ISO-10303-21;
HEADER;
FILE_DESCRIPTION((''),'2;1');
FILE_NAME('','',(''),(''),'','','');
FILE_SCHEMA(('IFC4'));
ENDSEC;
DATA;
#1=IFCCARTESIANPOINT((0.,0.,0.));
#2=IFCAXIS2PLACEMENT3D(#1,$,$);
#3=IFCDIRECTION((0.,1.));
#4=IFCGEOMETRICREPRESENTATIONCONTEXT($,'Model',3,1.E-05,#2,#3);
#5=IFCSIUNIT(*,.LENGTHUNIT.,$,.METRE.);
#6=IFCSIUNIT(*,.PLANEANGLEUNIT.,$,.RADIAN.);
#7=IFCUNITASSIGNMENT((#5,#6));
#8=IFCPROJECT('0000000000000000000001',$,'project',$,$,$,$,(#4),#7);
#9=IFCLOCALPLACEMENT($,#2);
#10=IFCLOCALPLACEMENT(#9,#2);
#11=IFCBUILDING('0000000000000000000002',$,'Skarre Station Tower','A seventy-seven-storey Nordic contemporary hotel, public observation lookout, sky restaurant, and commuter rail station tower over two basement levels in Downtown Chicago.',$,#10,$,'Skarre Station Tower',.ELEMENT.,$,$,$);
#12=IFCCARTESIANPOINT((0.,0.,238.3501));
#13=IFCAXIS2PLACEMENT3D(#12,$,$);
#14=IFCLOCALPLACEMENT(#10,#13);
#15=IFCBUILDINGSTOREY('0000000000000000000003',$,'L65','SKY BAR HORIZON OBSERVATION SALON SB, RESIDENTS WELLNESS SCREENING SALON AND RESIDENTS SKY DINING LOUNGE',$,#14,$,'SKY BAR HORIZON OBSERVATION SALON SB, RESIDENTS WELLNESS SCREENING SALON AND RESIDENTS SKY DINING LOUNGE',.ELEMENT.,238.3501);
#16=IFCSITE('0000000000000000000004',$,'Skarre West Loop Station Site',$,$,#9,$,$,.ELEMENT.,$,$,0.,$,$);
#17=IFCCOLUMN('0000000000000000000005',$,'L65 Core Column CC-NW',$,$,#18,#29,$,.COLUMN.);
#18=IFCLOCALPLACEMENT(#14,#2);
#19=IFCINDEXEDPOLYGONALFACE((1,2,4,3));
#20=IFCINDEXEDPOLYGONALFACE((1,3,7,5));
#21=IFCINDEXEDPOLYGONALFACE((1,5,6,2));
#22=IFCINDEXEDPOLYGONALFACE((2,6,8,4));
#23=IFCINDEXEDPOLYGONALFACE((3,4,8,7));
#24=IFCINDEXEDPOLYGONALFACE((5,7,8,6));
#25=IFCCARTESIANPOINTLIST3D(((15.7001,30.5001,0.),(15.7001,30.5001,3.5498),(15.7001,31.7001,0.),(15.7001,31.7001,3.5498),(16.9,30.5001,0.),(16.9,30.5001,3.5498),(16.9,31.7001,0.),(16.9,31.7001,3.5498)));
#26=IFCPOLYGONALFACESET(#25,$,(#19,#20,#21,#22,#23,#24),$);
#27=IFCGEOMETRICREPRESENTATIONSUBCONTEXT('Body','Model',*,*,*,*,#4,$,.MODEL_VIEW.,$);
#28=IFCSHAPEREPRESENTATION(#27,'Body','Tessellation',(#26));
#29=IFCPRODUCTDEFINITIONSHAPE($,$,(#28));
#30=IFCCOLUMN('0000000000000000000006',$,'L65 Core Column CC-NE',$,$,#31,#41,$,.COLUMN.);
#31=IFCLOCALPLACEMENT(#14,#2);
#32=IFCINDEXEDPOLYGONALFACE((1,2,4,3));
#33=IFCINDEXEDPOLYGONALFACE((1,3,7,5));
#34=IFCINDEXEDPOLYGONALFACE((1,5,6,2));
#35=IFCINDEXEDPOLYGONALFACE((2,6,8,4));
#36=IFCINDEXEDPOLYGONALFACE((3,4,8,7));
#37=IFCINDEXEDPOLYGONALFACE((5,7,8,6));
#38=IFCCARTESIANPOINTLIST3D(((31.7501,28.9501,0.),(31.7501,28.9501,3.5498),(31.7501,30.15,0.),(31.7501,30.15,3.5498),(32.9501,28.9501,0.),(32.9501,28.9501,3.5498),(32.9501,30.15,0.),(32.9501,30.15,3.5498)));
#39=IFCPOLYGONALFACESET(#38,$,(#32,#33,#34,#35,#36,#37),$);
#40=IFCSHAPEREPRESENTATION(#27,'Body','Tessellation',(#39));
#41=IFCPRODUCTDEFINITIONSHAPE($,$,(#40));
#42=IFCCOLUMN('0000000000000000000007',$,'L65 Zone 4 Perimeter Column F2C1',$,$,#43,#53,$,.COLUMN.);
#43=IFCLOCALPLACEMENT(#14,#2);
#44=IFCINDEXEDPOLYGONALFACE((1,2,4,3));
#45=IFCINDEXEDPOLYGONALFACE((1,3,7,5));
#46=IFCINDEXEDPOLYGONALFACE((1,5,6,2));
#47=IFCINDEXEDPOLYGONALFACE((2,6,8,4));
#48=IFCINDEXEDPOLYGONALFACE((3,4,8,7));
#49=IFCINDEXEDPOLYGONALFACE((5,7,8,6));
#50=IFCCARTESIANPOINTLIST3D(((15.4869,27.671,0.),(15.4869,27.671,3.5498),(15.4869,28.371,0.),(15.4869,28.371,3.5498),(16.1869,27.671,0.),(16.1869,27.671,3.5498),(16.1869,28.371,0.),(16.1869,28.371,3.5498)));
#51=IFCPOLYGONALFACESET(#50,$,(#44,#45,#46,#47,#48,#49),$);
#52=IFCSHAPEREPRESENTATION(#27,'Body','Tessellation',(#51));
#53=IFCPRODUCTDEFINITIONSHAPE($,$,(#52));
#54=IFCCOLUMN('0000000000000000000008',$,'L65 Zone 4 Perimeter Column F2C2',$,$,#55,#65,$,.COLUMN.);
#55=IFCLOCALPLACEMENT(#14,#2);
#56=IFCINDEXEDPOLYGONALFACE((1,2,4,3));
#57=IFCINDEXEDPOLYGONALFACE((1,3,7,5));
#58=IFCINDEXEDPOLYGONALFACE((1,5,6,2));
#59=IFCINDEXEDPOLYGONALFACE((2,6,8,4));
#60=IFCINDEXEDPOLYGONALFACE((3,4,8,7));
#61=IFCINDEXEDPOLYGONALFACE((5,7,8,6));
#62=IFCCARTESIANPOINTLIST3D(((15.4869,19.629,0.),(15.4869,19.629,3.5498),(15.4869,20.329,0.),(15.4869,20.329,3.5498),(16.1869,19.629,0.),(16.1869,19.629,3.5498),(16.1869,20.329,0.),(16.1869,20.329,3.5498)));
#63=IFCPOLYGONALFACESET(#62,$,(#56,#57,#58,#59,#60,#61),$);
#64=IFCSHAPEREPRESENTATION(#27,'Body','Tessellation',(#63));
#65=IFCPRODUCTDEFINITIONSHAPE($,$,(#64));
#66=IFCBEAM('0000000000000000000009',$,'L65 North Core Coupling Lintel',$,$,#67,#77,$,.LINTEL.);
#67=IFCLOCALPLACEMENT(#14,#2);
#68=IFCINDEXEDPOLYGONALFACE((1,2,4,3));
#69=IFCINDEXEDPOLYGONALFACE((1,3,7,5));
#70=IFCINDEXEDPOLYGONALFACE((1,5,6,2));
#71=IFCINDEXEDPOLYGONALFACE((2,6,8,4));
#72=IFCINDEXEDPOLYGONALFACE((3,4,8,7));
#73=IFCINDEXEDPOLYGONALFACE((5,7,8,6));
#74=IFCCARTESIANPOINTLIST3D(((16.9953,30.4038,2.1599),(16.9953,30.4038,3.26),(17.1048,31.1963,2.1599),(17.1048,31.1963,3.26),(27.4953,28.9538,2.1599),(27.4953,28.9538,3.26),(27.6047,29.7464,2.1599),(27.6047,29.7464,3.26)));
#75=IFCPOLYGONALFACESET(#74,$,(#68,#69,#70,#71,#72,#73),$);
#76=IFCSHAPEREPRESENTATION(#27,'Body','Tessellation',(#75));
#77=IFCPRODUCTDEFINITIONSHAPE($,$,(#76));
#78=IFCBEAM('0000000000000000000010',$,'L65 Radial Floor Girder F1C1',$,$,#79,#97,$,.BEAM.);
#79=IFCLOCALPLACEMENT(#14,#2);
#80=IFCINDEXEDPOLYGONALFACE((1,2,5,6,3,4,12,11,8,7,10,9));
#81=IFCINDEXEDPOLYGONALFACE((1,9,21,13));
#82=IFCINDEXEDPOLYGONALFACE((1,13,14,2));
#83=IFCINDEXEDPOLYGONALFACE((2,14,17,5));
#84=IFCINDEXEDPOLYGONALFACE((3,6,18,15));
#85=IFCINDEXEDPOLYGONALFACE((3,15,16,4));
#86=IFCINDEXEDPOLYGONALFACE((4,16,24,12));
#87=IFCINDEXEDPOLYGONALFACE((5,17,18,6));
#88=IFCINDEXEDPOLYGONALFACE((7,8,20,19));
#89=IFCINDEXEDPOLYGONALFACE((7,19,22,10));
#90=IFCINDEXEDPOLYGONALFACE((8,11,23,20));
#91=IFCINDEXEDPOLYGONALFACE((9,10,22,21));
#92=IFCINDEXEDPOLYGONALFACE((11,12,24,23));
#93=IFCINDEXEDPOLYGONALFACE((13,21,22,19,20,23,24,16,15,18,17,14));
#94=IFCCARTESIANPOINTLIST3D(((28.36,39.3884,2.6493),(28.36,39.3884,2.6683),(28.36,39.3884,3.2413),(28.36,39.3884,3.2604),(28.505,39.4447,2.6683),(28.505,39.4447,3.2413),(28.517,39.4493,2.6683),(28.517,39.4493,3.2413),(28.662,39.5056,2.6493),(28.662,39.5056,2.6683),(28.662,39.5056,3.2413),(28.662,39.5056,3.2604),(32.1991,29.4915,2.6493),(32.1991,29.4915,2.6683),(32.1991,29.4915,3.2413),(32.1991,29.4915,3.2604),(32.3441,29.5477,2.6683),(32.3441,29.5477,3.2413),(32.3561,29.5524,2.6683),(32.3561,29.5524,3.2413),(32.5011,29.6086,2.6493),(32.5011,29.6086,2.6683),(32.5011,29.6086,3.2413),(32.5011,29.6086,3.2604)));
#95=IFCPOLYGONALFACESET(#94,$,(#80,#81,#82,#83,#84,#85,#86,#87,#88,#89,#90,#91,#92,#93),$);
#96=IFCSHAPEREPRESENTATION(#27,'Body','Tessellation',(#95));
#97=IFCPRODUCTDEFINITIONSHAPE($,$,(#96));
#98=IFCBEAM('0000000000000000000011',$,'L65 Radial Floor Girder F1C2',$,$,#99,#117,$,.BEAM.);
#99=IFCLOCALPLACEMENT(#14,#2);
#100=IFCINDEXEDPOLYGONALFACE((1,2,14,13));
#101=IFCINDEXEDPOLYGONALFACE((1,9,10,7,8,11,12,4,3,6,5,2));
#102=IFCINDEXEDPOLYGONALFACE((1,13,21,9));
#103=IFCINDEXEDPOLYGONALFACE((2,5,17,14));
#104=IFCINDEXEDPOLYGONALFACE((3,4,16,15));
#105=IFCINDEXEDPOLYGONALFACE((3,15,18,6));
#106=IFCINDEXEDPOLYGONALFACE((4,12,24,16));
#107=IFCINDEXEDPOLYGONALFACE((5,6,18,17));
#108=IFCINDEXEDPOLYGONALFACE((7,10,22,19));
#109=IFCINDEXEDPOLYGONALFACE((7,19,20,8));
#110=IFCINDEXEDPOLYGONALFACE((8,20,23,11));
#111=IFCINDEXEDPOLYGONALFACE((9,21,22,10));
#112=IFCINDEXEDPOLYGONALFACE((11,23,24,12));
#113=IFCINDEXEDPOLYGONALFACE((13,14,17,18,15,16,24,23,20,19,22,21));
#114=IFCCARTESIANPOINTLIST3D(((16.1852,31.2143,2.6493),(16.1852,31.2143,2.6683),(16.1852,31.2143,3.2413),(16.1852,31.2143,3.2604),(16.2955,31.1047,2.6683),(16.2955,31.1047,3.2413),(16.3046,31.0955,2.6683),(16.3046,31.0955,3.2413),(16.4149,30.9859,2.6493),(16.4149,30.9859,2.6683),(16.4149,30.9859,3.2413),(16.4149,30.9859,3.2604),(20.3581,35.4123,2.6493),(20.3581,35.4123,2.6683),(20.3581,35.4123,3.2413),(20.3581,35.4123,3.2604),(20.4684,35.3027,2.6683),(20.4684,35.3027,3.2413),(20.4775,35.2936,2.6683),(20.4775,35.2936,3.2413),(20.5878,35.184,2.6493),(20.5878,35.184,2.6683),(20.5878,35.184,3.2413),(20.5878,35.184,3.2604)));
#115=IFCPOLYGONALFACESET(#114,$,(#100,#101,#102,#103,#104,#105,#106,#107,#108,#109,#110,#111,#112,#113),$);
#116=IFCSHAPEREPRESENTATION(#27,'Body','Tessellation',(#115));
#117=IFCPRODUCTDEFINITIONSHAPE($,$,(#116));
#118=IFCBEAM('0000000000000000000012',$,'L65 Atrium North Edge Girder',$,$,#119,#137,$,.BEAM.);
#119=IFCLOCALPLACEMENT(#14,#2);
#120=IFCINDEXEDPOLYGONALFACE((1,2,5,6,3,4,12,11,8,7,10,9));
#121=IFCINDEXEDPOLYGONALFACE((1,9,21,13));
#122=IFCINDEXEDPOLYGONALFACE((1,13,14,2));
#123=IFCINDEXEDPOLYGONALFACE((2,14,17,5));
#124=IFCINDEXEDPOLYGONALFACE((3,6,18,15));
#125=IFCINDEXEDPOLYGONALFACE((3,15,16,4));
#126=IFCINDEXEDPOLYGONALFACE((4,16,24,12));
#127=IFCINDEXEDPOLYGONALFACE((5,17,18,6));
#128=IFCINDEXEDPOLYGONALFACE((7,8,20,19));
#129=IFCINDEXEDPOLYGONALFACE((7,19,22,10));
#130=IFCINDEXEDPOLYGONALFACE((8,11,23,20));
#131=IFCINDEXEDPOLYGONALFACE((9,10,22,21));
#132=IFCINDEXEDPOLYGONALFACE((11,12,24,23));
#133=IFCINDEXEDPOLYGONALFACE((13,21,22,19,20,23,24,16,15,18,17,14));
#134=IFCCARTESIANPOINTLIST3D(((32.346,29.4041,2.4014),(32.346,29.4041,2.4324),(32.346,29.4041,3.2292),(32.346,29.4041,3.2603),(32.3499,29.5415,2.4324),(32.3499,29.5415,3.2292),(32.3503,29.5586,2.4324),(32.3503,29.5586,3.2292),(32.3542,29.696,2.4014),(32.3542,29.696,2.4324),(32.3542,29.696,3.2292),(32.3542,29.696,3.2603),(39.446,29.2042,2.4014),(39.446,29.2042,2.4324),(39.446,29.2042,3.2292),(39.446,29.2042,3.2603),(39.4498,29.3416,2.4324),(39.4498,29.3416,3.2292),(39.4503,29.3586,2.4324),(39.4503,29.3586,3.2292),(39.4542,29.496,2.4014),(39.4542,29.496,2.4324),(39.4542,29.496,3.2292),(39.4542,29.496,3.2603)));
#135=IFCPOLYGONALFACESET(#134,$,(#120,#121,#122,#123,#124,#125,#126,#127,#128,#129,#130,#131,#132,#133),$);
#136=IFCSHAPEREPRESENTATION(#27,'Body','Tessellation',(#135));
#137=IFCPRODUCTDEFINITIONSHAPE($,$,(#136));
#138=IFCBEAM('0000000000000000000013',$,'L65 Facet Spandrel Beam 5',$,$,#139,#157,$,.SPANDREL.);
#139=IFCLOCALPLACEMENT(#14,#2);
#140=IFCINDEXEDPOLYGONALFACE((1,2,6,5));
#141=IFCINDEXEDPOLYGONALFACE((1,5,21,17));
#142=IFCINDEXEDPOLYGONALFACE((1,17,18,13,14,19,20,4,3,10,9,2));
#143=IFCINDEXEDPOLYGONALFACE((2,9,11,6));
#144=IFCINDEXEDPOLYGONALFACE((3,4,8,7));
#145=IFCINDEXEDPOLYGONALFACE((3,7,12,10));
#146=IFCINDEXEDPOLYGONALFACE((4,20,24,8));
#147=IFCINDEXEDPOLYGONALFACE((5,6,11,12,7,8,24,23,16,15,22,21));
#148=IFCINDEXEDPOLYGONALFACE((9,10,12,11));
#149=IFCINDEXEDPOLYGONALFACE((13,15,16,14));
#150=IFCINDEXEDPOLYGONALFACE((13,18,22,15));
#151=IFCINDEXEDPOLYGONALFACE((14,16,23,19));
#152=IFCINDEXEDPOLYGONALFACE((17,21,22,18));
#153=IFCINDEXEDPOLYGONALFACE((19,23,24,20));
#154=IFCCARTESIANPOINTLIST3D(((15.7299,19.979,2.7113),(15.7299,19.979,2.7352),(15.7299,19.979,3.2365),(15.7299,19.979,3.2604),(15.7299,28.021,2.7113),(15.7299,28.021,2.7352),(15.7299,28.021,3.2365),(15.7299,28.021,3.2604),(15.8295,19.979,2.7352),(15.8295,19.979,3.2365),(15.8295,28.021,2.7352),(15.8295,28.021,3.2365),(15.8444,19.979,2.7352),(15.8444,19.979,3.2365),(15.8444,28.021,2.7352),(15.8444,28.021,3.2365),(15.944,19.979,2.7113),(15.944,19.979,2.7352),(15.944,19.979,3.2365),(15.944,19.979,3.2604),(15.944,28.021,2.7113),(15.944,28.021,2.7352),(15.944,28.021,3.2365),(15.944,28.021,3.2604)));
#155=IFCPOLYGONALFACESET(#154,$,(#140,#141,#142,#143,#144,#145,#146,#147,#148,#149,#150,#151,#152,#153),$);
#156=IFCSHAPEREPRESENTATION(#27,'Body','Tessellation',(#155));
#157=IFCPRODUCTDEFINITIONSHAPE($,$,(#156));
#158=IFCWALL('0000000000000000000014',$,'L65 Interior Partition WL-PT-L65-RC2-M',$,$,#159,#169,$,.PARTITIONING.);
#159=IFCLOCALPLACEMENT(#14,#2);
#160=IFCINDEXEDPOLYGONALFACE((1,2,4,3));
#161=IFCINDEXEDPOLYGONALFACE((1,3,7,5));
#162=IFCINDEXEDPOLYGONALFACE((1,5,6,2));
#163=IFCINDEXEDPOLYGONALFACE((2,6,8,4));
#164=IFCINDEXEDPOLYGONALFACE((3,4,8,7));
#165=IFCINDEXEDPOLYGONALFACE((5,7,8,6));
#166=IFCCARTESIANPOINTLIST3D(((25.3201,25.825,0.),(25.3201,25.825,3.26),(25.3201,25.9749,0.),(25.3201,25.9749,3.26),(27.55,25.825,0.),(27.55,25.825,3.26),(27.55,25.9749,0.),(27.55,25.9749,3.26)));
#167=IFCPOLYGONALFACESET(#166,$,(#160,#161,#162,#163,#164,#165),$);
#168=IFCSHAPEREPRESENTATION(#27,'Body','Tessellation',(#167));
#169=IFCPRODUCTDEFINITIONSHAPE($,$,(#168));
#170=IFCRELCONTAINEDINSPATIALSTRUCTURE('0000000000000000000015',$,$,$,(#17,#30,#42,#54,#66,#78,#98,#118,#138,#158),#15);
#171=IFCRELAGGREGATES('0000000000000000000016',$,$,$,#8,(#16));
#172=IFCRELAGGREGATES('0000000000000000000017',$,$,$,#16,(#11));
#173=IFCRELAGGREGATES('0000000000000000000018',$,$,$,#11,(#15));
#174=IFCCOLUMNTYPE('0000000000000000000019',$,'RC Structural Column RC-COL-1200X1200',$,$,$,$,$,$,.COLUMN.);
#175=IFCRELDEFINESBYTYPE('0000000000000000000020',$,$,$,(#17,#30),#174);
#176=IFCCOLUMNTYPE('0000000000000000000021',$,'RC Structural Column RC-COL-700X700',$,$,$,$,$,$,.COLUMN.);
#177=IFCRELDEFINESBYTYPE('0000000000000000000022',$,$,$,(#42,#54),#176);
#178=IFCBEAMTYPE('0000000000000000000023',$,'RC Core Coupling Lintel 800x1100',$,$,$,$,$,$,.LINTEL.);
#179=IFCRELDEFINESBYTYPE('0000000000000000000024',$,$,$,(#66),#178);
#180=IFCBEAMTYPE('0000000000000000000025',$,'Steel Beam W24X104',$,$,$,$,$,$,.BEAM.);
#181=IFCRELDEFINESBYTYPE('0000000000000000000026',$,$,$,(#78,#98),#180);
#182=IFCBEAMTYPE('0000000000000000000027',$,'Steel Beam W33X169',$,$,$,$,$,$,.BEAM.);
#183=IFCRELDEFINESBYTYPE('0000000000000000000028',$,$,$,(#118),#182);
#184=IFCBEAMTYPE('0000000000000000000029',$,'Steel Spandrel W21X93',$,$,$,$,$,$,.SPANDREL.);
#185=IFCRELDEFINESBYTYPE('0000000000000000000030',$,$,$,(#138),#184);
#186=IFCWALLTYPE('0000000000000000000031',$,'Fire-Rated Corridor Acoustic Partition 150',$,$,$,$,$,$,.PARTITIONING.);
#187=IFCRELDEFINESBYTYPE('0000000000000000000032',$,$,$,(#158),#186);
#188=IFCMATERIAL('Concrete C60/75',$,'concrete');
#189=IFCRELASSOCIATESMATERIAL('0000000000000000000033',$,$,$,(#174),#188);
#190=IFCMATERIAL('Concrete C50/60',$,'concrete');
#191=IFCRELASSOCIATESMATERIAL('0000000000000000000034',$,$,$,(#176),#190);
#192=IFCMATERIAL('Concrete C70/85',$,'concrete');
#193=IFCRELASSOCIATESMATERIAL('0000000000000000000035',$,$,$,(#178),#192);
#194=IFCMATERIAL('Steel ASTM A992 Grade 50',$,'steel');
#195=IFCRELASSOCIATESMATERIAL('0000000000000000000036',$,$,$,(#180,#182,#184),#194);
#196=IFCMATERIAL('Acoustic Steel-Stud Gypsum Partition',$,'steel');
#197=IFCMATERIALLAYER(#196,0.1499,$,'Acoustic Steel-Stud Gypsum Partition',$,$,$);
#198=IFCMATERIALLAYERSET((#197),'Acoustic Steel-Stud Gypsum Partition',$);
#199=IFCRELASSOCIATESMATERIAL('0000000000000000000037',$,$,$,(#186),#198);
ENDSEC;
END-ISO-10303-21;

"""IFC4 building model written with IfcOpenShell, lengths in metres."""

from ifc_helpers import new_model, si_unit, direction, frame, frame_2d, origin, origin_2d, place, context, subcontext, project, spatial, rectangle, i_section, extrude, material, layer, layer_set, material_profile, profile_set, type_object, element, save


model = new_model("IFC4")

# Units and contexts
model_context = context("Model", 3, precision=1e-05, world=origin(), true_north=direction((0.0, 1.0)))
body_context = subcontext(model_context, "Body", "Model", "MODEL_VIEW")
ifc_project = project(units=[si_unit("LENGTHUNIT", "METRE"), si_unit("PLANEANGLEUNIT", "RADIAN")], contexts=[model_context])

# Site, building, storey
site_placement = place(None, origin())
site = spatial("IfcSite", under=ifc_project, at=site_placement, Name="Skarre West Loop Station Site", CompositionType="ELEMENT", RefElevation=0.0)
building_placement = place(site_placement, origin())
building = spatial("IfcBuilding", under=site, at=building_placement, Name="Skarre Station Tower", Description="A seventy-seven-storey Nordic contemporary hotel, public observation lookout, sky restaurant, and commuter rail station tower over two basement levels in Downtown Chicago.", LongName="Skarre Station Tower", CompositionType="ELEMENT")
storey_placement = place(building_placement, frame((0.0, 0.0, 238.3501)))
storey = spatial("IfcBuildingStorey", under=building, at=storey_placement, Name="L65", Description="SKY BAR HORIZON OBSERVATION SALON SB, RESIDENTS WELLNESS SCREENING SALON AND RESIDENTS SKY DINING LOUNGE", LongName="SKY BAR HORIZON OBSERVATION SALON SB, RESIDENTS WELLNESS SCREENING SALON AND RESIDENTS SKY DINING LOUNGE", CompositionType="ELEMENT", Elevation=238.3501)

# Columns
ifc_material_1 = material(Name="Concrete C60/75", Category="concrete")
ifc_material_profile_1 = material_profile(ifc_material_1, rectangle(XDim=1.2, YDim=1.2, at=origin_2d()), Name="Concrete C60/75")
ifc_profile_set_1 = profile_set([ifc_material_profile_1], Name="Concrete C60/75")
column_type_1 = type_object("IfcColumnType", Name="RC Structural Column RC-COL-1200X1200", PredefinedType="COLUMN", material=ifc_profile_set_1)
for number, where, z_axis, x_axis, name in (
    (1, (16.3, 31.1001, 0.0), (0.0, 0.0, 1.0), (1.0, 0.0, 0.0), "L65 Core Column CC-NW"),
    (2, (32.3501, 29.55, 0.0), (0.0, 0.0, 1.0), (1.0, 0.0, 0.0), "L65 Core Column CC-NE"),
):
    element("IfcColumn", number, at=place(storey_placement, frame(where, z_axis=z_axis, x_axis=x_axis)), inside=storey, type_object=column_type_1, Name=name, PredefinedType="COLUMN", context=body_context, shape_type="SweptSolid", body=[
        extrude(rectangle(XDim=1.2, YDim=1.2, at=origin_2d()), origin(), (0.0, 0.0, 1.0), 3.5498),
    ])
ifc_material_2 = material(Name="Concrete C50/60", Category="concrete")
ifc_material_profile_2 = material_profile(ifc_material_2, rectangle(XDim=0.7, YDim=0.7, at=origin_2d()), Name="Concrete C50/60")
ifc_profile_set_2 = profile_set([ifc_material_profile_2], Name="Concrete C50/60")
column_type_2 = type_object("IfcColumnType", Name="RC Structural Column RC-COL-700X700", PredefinedType="COLUMN", material=ifc_profile_set_2)
for number, where, z_axis, x_axis, name in (
    (3, (15.8369, 28.021, 0.0), (0.0, 0.0, 1.0), (1.0, 0.0, 0.0), "L65 Zone 4 Perimeter Column F2C1"),
    (4, (15.8369, 19.979, 0.0), (0.0, 0.0, 1.0), (1.0, 0.0, 0.0), "L65 Zone 4 Perimeter Column F2C2"),
):
    element("IfcColumn", number, at=place(storey_placement, frame(where, z_axis=z_axis, x_axis=x_axis)), inside=storey, type_object=column_type_2, Name=name, PredefinedType="COLUMN", context=body_context, shape_type="SweptSolid", body=[
        extrude(rectangle(XDim=0.7, YDim=0.7, at=origin_2d()), origin(), (0.0, 0.0, 1.0), 3.5498),
    ])

# Beams
ifc_material_3 = material(Name="Concrete C70/85", Category="concrete")
ifc_material_profile_3 = material_profile(ifc_material_3, rectangle(XDim=0.8, YDim=1.1001, at=origin_2d()), Name="Concrete C70/85")
ifc_profile_set_3 = profile_set([ifc_material_profile_3], Name="Concrete C70/85")
beam_type_1 = type_object("IfcBeamType", Name="RC Core Coupling Lintel 800x1100", PredefinedType="LINTEL", material=ifc_profile_set_3)
beam_1_placement = place(storey_placement, frame((17.05, 30.8, 2.71), z_axis=(0.9906, -0.136792, 0.0), x_axis=(0.136792, 0.9906, 0.0)))
element("IfcBeam", 5, at=beam_1_placement, inside=storey, type_object=beam_type_1, Name="L65 North Core Coupling Lintel", PredefinedType="LINTEL", context=body_context, shape_type="SweptSolid", body=[
    extrude(rectangle(XDim=0.8, YDim=1.1001, at=origin_2d()), origin(), (0.0, 0.0, 1.0), 10.5996),
])
ifc_material_4 = material(Name="Steel ASTM A992 Grade 50", Category="steel")
ifc_material_profile_4 = material_profile(ifc_material_4, i_section(OverallWidth=0.324, OverallDepth=0.6111, WebThickness=0.0129, FlangeThickness=0.019, at=origin_2d()), Name="Steel ASTM A992 Grade 50")
ifc_profile_set_4 = profile_set([ifc_material_profile_4], Name="Steel ASTM A992 Grade 50")
beam_type_2 = type_object("IfcBeamType", Name="Steel Beam W24X104", PredefinedType="BEAM", material=ifc_profile_set_4)
beam_2_placement = place(storey_placement, frame((32.3501, 29.55, 2.9548), z_axis=(-0.361651, 0.932313, 0.0), x_axis=(-0.932313, -0.361651, 0.0)))
element("IfcBeam", 6, at=beam_2_placement, inside=storey, type_object=beam_type_2, Name="L65 Radial Floor Girder F1C1", PredefinedType="BEAM", context=body_context, shape_type="SweptSolid", body=[
    extrude(i_section(OverallWidth=0.324, OverallDepth=0.6111, WebThickness=0.0129, FlangeThickness=0.019, at=origin_2d()), origin(), (0.0, 0.0, 1.0), 10.6155),
])
beam_3_placement = place(storey_placement, frame((16.3, 31.1001, 2.9548), z_axis=(0.704979, 0.709228, 0.0), x_axis=(-0.709228, 0.704979, 0.0)))
element("IfcBeam", 7, at=beam_3_placement, inside=storey, type_object=beam_type_2, Name="L65 Radial Floor Girder F1C2", PredefinedType="BEAM", context=body_context, shape_type="SweptSolid", body=[
    extrude(i_section(OverallWidth=0.324, OverallDepth=0.6111, WebThickness=0.0129, FlangeThickness=0.019, at=origin_2d()), origin(), (0.0, 0.0, 1.0), 5.9192),
])
ifc_material_profile_5 = material_profile(ifc_material_4, i_section(OverallWidth=0.292, OverallDepth=0.8589, WebThickness=0.0171, FlangeThickness=0.031, at=origin_2d()), Name="Steel ASTM A992 Grade 50")
ifc_profile_set_5 = profile_set([ifc_material_profile_5], Name="Steel ASTM A992 Grade 50")
beam_type_3 = type_object("IfcBeamType", Name="Steel Beam W33X169", PredefinedType="BEAM", material=ifc_profile_set_5)
beam_4_placement = place(storey_placement, frame((32.3501, 29.55, 2.8308), z_axis=(0.999604, -0.028152, 0.0), x_axis=(0.028152, 0.999604, 0.0)))
element("IfcBeam", 8, at=beam_4_placement, inside=storey, type_object=beam_type_3, Name="L65 Atrium North Edge Girder", PredefinedType="BEAM", context=body_context, shape_type="SweptSolid", body=[
    extrude(i_section(OverallWidth=0.292, OverallDepth=0.8589, WebThickness=0.0171, FlangeThickness=0.031, at=origin_2d()), origin(), (0.0, 0.0, 1.0), 7.1028),
])
ifc_material_profile_6 = material_profile(ifc_material_4, i_section(OverallWidth=0.2141, OverallDepth=0.5491, WebThickness=0.0149, FlangeThickness=0.0239, at=origin_2d()), Name="Steel ASTM A992 Grade 50")
ifc_profile_set_6 = profile_set([ifc_material_profile_6], Name="Steel ASTM A992 Grade 50")
beam_type_4 = type_object("IfcBeamType", Name="Steel Spandrel W21X93", PredefinedType="SPANDREL", material=ifc_profile_set_6)
beam_5_placement = place(storey_placement, frame((15.8369, 28.021, 2.9858), z_axis=(0.0, -1.0, 0.0), x_axis=(1.0, 0.0, 0.0)))
element("IfcBeam", 9, at=beam_5_placement, inside=storey, type_object=beam_type_4, Name="L65 Facet Spandrel Beam 5", PredefinedType="SPANDREL", context=body_context, shape_type="SweptSolid", body=[
    extrude(i_section(OverallWidth=0.2141, OverallDepth=0.5491, WebThickness=0.0149, FlangeThickness=0.0239, at=origin_2d()), origin(), (0.0, 0.0, 1.0), 8.042),
])

# Wall
ifc_material_5 = material(Name="Acoustic Steel-Stud Gypsum Partition", Category="steel")
ifc_layer_1 = layer(ifc_material_5, 0.1499, Name="Acoustic Steel-Stud Gypsum Partition")
ifc_layer_set_1 = layer_set([ifc_layer_1], Name="Acoustic Steel-Stud Gypsum Partition")
wall_type_1 = type_object("IfcWallType", Name="Fire-Rated Corridor Acoustic Partition 150", PredefinedType="PARTITIONING", material=ifc_layer_set_1)
wall_1_placement = place(storey_placement, frame((25.3201, 25.8999, 0.0), z_axis=(0.0, 0.0, 1.0), x_axis=(1.0, 0.0, 0.0)))
element("IfcWall", 10, at=wall_1_placement, inside=storey, type_object=wall_type_1, Name="L65 Interior Partition WL-PT-L65-RC2-M", PredefinedType="PARTITIONING", context=body_context, shape_type="SweptSolid", body=[
    extrude(rectangle(XDim=2.23, YDim=0.1499, at=frame_2d((1.115, 0.0))), origin(), (0.0, 0.0, 1.0), 3.26),
])

save(model, "model.ifc")
